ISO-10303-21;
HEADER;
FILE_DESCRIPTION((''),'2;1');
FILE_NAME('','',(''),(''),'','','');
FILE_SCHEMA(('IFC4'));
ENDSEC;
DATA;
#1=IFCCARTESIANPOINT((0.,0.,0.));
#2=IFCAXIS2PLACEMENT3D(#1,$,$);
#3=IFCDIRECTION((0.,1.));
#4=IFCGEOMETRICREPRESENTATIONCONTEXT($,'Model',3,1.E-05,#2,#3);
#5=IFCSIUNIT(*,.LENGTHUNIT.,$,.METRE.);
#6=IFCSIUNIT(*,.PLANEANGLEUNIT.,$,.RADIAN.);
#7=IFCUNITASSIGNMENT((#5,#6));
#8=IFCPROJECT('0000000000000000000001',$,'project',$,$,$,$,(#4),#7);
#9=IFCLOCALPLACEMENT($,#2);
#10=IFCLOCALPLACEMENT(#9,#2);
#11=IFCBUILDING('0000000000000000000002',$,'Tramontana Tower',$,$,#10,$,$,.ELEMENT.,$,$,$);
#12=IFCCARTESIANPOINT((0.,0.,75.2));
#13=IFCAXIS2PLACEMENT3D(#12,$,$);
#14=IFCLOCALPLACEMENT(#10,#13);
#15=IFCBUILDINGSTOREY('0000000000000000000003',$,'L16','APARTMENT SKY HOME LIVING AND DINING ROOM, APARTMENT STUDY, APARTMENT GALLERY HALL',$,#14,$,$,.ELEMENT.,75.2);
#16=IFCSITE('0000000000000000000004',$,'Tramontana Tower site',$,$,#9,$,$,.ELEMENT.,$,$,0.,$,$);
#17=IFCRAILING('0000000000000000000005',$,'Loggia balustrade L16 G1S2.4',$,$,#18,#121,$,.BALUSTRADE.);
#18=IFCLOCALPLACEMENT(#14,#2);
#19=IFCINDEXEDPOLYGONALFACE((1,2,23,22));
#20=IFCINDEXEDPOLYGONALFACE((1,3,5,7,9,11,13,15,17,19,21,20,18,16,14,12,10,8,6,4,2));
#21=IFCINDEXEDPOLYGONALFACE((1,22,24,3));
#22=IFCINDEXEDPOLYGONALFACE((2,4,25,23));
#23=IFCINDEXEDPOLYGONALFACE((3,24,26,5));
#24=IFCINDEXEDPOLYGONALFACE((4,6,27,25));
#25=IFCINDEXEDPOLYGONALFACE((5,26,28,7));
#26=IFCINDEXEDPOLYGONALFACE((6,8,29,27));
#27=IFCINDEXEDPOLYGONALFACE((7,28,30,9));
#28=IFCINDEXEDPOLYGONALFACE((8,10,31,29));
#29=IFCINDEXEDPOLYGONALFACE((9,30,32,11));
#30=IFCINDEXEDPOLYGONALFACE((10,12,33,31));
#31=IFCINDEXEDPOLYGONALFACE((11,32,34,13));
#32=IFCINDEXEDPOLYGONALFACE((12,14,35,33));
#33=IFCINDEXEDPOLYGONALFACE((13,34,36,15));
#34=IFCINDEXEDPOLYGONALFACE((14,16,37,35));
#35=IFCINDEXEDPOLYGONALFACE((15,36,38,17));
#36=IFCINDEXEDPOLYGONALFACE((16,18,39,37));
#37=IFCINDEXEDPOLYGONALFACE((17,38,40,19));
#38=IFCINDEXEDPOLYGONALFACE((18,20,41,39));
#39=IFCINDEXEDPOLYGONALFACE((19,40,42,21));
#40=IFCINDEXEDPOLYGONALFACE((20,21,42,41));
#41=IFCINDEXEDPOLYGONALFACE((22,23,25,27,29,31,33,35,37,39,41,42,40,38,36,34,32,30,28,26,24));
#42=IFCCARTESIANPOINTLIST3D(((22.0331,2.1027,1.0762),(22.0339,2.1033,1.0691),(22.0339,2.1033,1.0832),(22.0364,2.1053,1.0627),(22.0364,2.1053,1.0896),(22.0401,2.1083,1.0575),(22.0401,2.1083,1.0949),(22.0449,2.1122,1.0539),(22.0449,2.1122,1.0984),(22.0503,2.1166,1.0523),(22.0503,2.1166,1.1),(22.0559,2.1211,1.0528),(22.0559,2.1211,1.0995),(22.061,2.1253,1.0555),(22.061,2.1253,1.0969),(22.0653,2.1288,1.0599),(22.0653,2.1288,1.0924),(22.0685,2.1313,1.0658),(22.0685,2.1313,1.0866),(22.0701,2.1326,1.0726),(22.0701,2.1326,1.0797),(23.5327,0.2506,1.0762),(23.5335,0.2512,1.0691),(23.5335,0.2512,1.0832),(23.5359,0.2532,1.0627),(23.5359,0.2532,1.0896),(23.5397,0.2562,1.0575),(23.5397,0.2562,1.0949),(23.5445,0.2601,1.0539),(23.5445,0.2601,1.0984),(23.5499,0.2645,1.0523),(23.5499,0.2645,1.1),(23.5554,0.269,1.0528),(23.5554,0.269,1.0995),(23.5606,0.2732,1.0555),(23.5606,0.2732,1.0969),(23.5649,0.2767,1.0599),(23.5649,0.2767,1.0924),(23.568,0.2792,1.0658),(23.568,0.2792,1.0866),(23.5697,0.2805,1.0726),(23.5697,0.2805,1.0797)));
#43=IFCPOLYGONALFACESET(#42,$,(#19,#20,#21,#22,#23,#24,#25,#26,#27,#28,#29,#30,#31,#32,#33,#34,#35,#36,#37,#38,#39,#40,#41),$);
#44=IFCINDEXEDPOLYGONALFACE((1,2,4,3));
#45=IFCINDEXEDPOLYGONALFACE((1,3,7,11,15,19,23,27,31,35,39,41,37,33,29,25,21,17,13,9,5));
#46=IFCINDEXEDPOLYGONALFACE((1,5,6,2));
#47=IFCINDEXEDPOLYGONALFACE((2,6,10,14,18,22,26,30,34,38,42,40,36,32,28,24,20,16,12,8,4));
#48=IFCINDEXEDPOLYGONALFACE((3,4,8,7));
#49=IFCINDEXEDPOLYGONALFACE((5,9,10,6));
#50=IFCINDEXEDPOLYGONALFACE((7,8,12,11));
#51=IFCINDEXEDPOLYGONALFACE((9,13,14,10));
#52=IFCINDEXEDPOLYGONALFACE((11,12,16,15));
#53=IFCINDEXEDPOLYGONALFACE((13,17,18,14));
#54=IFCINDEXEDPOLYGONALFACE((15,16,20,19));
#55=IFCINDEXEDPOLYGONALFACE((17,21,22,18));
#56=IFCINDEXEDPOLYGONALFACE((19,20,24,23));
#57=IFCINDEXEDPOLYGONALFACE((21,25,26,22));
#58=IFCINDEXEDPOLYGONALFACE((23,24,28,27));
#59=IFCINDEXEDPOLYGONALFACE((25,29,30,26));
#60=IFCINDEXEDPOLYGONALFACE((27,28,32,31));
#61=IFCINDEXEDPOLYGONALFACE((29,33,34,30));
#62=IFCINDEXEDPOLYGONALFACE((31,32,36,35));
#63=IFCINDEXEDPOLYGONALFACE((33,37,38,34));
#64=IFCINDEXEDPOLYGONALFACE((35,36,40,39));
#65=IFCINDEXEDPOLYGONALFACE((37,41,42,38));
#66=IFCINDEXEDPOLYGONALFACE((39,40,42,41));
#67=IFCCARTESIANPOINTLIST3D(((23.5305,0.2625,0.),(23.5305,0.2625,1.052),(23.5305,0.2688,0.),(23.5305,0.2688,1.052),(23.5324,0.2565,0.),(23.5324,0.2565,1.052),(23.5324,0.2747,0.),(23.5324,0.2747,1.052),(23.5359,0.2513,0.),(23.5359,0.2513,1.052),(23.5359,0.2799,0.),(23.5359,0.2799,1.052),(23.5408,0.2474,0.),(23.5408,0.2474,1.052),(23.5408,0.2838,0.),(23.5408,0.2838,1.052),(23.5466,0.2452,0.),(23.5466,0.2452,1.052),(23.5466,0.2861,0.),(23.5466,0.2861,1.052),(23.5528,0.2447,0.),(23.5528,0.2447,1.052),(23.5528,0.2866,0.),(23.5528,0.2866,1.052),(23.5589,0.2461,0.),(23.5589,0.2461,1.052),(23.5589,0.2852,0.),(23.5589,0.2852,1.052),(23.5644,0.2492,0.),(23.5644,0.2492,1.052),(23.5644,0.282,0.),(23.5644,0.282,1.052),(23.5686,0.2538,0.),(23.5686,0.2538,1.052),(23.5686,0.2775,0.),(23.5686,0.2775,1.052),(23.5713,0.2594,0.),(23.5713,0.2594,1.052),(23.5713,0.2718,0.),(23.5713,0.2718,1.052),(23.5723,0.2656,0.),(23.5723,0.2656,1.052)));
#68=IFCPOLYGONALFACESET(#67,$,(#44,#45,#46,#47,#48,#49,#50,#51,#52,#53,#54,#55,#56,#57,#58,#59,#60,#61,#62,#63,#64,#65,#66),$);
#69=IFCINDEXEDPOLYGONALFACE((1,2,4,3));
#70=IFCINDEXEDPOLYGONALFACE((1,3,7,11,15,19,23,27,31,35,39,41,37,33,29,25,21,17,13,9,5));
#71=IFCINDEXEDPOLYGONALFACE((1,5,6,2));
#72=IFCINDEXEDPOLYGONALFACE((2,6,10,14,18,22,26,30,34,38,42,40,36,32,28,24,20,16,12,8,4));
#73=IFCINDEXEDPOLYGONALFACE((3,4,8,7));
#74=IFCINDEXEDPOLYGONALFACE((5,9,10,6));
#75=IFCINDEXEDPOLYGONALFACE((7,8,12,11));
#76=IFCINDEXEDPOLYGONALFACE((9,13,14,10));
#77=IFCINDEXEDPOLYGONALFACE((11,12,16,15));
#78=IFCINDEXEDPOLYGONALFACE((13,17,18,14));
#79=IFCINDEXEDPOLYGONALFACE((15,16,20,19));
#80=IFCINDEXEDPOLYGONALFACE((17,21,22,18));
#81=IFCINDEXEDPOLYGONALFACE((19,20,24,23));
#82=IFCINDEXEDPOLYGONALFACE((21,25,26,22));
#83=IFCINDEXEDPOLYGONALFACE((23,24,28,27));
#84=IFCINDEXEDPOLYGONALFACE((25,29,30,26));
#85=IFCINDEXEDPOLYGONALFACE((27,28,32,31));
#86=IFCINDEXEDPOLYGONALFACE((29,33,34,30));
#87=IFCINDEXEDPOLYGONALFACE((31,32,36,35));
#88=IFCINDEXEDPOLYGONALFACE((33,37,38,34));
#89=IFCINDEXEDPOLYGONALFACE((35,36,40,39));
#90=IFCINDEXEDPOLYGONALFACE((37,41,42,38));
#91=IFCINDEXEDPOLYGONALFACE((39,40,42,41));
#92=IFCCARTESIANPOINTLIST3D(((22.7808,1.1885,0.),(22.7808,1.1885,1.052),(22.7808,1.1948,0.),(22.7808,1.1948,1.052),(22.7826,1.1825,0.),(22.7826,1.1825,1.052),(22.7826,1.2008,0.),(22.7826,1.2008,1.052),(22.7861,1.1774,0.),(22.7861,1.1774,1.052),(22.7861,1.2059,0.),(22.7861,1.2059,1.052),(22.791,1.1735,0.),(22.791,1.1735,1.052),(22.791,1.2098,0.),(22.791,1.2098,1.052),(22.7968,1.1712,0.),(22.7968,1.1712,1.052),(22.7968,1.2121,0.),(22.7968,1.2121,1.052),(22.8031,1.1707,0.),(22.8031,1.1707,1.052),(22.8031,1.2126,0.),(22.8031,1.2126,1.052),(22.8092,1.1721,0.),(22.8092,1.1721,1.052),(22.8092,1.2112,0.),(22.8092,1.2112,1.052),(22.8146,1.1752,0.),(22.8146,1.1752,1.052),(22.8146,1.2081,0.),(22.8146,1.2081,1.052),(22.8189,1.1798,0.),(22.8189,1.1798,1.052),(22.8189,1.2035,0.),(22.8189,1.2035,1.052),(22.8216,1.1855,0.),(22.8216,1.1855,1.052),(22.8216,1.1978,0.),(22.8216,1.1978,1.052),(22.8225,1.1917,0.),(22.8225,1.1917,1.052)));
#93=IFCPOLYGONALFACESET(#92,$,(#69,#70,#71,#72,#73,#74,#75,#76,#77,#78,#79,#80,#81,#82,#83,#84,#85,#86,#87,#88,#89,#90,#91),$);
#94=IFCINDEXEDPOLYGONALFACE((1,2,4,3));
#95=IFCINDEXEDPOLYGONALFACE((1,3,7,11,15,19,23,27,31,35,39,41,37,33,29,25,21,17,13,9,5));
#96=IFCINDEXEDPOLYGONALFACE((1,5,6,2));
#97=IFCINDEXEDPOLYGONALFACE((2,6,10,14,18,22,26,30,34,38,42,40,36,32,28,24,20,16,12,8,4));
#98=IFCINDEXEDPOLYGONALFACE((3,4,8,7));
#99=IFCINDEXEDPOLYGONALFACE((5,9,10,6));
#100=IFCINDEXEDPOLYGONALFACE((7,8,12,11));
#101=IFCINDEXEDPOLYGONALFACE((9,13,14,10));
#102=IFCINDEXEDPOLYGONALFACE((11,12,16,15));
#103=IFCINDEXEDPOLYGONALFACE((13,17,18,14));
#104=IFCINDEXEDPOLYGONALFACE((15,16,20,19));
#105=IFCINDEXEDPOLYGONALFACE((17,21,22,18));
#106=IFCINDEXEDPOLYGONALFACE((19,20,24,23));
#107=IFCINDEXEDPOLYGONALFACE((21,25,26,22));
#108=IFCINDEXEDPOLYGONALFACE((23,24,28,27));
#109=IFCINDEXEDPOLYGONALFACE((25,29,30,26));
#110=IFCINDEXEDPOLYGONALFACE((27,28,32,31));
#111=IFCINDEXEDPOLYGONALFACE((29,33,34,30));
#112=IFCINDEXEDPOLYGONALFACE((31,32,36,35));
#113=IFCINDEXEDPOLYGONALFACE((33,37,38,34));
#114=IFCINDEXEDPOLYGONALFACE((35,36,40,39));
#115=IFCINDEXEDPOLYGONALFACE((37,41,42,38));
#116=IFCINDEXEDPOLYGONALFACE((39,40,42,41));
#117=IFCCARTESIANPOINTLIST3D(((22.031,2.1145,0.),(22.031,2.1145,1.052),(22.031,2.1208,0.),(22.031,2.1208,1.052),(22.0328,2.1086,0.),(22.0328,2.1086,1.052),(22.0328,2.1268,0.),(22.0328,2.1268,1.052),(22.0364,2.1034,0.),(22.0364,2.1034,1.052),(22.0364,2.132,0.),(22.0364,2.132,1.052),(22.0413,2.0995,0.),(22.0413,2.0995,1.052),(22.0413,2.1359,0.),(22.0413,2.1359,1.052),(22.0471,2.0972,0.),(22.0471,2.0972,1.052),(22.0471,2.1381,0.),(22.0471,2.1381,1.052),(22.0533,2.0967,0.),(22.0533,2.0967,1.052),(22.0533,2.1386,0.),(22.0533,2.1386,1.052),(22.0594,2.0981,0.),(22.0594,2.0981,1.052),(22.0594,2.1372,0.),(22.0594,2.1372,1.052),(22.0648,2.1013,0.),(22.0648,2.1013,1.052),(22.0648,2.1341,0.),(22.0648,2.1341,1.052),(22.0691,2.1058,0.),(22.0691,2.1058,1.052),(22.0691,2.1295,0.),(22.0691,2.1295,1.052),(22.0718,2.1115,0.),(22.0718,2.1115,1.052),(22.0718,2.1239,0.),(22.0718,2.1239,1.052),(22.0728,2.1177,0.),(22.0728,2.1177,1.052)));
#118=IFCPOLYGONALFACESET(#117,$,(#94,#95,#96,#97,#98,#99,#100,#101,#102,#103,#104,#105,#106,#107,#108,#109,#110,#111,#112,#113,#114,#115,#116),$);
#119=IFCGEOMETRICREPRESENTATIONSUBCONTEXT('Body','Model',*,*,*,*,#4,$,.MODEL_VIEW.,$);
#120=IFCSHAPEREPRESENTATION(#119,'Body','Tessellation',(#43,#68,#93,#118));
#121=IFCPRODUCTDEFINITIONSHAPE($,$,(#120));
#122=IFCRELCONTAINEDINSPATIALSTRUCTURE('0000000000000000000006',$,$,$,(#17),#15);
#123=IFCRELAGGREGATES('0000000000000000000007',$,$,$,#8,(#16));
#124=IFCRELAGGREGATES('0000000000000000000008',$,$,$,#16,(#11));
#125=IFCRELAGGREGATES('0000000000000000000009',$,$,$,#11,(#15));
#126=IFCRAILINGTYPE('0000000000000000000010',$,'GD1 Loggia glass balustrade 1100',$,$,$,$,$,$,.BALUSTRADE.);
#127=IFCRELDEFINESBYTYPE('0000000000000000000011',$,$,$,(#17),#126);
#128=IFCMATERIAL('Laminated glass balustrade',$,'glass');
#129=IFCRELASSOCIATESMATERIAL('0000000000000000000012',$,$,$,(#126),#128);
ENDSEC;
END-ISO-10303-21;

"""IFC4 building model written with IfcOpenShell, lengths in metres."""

from ifc_helpers import new_model, si_unit, direction, frame, origin, origin_2d, place, context, subcontext, project, spatial, circle, extrude, material, type_object, element, save


model = new_model("IFC4")

# Units and contexts
model_context = context("Model", 3, precision=1e-05, world=origin(), true_north=direction((0.0, 1.0)))
body_context = subcontext(model_context, "Body", "Model", "MODEL_VIEW")
ifc_project = project(units=[si_unit("LENGTHUNIT", "METRE"), si_unit("PLANEANGLEUNIT", "RADIAN")], contexts=[model_context])

# Site, building, storey
site_placement = place(None, origin())
site = spatial("IfcSite", under=ifc_project, at=site_placement, Name="Tramontana Tower site", CompositionType="ELEMENT", RefElevation=0.0)
building_placement = place(site_placement, origin())
building = spatial("IfcBuilding", under=site, at=building_placement, Name="Tramontana Tower", CompositionType="ELEMENT")
storey_placement = place(building_placement, frame((0.0, 0.0, 75.2)))
storey = spatial("IfcBuildingStorey", under=building, at=storey_placement, Name="L16", Description="APARTMENT SKY HOME LIVING AND DINING ROOM, APARTMENT STUDY, APARTMENT GALLERY HALL", CompositionType="ELEMENT", Elevation=75.2)

# Railing
ifc_material_1 = material(Name="Laminated glass balustrade", Category="glass")
railing_type = type_object("IfcRailingType", Name="GD1 Loggia glass balustrade 1100", PredefinedType="BALUSTRADE", material=ifc_material_1)
railing_placement = place(storey_placement, frame((23.5513, 0.2656, 0.0)))
element("IfcRailing", 1, at=railing_placement, inside=storey, type_object=railing_type, Name="Loggia balustrade L16 G1S2.4", PredefinedType="BALUSTRADE", context=body_context, shape_type="SweptSolid", body=[
    extrude(circle(Radius=0.0239, at=origin_2d()), frame((0.0, 0.0, 1.0762), z_axis=(-0.629257, 0.777197, 0.0), x_axis=(-0.777197, -0.629257, 0.0)), (0.0, 0.0, 1.0), 2.3831),
    extrude(circle(Radius=0.021, at=origin_2d()), origin(), (0.0, 0.0, 1.0), 1.052),
    extrude(circle(Radius=0.021, at=origin_2d()), frame((-0.7498, 0.926, 0.0)), (0.0, 0.0, 1.0), 1.052),
    extrude(circle(Radius=0.021, at=origin_2d()), frame((-1.4995, 1.8521, 0.0)), (0.0, 0.0, 1.0), 1.052),
])

save(model, "model.ifc")
